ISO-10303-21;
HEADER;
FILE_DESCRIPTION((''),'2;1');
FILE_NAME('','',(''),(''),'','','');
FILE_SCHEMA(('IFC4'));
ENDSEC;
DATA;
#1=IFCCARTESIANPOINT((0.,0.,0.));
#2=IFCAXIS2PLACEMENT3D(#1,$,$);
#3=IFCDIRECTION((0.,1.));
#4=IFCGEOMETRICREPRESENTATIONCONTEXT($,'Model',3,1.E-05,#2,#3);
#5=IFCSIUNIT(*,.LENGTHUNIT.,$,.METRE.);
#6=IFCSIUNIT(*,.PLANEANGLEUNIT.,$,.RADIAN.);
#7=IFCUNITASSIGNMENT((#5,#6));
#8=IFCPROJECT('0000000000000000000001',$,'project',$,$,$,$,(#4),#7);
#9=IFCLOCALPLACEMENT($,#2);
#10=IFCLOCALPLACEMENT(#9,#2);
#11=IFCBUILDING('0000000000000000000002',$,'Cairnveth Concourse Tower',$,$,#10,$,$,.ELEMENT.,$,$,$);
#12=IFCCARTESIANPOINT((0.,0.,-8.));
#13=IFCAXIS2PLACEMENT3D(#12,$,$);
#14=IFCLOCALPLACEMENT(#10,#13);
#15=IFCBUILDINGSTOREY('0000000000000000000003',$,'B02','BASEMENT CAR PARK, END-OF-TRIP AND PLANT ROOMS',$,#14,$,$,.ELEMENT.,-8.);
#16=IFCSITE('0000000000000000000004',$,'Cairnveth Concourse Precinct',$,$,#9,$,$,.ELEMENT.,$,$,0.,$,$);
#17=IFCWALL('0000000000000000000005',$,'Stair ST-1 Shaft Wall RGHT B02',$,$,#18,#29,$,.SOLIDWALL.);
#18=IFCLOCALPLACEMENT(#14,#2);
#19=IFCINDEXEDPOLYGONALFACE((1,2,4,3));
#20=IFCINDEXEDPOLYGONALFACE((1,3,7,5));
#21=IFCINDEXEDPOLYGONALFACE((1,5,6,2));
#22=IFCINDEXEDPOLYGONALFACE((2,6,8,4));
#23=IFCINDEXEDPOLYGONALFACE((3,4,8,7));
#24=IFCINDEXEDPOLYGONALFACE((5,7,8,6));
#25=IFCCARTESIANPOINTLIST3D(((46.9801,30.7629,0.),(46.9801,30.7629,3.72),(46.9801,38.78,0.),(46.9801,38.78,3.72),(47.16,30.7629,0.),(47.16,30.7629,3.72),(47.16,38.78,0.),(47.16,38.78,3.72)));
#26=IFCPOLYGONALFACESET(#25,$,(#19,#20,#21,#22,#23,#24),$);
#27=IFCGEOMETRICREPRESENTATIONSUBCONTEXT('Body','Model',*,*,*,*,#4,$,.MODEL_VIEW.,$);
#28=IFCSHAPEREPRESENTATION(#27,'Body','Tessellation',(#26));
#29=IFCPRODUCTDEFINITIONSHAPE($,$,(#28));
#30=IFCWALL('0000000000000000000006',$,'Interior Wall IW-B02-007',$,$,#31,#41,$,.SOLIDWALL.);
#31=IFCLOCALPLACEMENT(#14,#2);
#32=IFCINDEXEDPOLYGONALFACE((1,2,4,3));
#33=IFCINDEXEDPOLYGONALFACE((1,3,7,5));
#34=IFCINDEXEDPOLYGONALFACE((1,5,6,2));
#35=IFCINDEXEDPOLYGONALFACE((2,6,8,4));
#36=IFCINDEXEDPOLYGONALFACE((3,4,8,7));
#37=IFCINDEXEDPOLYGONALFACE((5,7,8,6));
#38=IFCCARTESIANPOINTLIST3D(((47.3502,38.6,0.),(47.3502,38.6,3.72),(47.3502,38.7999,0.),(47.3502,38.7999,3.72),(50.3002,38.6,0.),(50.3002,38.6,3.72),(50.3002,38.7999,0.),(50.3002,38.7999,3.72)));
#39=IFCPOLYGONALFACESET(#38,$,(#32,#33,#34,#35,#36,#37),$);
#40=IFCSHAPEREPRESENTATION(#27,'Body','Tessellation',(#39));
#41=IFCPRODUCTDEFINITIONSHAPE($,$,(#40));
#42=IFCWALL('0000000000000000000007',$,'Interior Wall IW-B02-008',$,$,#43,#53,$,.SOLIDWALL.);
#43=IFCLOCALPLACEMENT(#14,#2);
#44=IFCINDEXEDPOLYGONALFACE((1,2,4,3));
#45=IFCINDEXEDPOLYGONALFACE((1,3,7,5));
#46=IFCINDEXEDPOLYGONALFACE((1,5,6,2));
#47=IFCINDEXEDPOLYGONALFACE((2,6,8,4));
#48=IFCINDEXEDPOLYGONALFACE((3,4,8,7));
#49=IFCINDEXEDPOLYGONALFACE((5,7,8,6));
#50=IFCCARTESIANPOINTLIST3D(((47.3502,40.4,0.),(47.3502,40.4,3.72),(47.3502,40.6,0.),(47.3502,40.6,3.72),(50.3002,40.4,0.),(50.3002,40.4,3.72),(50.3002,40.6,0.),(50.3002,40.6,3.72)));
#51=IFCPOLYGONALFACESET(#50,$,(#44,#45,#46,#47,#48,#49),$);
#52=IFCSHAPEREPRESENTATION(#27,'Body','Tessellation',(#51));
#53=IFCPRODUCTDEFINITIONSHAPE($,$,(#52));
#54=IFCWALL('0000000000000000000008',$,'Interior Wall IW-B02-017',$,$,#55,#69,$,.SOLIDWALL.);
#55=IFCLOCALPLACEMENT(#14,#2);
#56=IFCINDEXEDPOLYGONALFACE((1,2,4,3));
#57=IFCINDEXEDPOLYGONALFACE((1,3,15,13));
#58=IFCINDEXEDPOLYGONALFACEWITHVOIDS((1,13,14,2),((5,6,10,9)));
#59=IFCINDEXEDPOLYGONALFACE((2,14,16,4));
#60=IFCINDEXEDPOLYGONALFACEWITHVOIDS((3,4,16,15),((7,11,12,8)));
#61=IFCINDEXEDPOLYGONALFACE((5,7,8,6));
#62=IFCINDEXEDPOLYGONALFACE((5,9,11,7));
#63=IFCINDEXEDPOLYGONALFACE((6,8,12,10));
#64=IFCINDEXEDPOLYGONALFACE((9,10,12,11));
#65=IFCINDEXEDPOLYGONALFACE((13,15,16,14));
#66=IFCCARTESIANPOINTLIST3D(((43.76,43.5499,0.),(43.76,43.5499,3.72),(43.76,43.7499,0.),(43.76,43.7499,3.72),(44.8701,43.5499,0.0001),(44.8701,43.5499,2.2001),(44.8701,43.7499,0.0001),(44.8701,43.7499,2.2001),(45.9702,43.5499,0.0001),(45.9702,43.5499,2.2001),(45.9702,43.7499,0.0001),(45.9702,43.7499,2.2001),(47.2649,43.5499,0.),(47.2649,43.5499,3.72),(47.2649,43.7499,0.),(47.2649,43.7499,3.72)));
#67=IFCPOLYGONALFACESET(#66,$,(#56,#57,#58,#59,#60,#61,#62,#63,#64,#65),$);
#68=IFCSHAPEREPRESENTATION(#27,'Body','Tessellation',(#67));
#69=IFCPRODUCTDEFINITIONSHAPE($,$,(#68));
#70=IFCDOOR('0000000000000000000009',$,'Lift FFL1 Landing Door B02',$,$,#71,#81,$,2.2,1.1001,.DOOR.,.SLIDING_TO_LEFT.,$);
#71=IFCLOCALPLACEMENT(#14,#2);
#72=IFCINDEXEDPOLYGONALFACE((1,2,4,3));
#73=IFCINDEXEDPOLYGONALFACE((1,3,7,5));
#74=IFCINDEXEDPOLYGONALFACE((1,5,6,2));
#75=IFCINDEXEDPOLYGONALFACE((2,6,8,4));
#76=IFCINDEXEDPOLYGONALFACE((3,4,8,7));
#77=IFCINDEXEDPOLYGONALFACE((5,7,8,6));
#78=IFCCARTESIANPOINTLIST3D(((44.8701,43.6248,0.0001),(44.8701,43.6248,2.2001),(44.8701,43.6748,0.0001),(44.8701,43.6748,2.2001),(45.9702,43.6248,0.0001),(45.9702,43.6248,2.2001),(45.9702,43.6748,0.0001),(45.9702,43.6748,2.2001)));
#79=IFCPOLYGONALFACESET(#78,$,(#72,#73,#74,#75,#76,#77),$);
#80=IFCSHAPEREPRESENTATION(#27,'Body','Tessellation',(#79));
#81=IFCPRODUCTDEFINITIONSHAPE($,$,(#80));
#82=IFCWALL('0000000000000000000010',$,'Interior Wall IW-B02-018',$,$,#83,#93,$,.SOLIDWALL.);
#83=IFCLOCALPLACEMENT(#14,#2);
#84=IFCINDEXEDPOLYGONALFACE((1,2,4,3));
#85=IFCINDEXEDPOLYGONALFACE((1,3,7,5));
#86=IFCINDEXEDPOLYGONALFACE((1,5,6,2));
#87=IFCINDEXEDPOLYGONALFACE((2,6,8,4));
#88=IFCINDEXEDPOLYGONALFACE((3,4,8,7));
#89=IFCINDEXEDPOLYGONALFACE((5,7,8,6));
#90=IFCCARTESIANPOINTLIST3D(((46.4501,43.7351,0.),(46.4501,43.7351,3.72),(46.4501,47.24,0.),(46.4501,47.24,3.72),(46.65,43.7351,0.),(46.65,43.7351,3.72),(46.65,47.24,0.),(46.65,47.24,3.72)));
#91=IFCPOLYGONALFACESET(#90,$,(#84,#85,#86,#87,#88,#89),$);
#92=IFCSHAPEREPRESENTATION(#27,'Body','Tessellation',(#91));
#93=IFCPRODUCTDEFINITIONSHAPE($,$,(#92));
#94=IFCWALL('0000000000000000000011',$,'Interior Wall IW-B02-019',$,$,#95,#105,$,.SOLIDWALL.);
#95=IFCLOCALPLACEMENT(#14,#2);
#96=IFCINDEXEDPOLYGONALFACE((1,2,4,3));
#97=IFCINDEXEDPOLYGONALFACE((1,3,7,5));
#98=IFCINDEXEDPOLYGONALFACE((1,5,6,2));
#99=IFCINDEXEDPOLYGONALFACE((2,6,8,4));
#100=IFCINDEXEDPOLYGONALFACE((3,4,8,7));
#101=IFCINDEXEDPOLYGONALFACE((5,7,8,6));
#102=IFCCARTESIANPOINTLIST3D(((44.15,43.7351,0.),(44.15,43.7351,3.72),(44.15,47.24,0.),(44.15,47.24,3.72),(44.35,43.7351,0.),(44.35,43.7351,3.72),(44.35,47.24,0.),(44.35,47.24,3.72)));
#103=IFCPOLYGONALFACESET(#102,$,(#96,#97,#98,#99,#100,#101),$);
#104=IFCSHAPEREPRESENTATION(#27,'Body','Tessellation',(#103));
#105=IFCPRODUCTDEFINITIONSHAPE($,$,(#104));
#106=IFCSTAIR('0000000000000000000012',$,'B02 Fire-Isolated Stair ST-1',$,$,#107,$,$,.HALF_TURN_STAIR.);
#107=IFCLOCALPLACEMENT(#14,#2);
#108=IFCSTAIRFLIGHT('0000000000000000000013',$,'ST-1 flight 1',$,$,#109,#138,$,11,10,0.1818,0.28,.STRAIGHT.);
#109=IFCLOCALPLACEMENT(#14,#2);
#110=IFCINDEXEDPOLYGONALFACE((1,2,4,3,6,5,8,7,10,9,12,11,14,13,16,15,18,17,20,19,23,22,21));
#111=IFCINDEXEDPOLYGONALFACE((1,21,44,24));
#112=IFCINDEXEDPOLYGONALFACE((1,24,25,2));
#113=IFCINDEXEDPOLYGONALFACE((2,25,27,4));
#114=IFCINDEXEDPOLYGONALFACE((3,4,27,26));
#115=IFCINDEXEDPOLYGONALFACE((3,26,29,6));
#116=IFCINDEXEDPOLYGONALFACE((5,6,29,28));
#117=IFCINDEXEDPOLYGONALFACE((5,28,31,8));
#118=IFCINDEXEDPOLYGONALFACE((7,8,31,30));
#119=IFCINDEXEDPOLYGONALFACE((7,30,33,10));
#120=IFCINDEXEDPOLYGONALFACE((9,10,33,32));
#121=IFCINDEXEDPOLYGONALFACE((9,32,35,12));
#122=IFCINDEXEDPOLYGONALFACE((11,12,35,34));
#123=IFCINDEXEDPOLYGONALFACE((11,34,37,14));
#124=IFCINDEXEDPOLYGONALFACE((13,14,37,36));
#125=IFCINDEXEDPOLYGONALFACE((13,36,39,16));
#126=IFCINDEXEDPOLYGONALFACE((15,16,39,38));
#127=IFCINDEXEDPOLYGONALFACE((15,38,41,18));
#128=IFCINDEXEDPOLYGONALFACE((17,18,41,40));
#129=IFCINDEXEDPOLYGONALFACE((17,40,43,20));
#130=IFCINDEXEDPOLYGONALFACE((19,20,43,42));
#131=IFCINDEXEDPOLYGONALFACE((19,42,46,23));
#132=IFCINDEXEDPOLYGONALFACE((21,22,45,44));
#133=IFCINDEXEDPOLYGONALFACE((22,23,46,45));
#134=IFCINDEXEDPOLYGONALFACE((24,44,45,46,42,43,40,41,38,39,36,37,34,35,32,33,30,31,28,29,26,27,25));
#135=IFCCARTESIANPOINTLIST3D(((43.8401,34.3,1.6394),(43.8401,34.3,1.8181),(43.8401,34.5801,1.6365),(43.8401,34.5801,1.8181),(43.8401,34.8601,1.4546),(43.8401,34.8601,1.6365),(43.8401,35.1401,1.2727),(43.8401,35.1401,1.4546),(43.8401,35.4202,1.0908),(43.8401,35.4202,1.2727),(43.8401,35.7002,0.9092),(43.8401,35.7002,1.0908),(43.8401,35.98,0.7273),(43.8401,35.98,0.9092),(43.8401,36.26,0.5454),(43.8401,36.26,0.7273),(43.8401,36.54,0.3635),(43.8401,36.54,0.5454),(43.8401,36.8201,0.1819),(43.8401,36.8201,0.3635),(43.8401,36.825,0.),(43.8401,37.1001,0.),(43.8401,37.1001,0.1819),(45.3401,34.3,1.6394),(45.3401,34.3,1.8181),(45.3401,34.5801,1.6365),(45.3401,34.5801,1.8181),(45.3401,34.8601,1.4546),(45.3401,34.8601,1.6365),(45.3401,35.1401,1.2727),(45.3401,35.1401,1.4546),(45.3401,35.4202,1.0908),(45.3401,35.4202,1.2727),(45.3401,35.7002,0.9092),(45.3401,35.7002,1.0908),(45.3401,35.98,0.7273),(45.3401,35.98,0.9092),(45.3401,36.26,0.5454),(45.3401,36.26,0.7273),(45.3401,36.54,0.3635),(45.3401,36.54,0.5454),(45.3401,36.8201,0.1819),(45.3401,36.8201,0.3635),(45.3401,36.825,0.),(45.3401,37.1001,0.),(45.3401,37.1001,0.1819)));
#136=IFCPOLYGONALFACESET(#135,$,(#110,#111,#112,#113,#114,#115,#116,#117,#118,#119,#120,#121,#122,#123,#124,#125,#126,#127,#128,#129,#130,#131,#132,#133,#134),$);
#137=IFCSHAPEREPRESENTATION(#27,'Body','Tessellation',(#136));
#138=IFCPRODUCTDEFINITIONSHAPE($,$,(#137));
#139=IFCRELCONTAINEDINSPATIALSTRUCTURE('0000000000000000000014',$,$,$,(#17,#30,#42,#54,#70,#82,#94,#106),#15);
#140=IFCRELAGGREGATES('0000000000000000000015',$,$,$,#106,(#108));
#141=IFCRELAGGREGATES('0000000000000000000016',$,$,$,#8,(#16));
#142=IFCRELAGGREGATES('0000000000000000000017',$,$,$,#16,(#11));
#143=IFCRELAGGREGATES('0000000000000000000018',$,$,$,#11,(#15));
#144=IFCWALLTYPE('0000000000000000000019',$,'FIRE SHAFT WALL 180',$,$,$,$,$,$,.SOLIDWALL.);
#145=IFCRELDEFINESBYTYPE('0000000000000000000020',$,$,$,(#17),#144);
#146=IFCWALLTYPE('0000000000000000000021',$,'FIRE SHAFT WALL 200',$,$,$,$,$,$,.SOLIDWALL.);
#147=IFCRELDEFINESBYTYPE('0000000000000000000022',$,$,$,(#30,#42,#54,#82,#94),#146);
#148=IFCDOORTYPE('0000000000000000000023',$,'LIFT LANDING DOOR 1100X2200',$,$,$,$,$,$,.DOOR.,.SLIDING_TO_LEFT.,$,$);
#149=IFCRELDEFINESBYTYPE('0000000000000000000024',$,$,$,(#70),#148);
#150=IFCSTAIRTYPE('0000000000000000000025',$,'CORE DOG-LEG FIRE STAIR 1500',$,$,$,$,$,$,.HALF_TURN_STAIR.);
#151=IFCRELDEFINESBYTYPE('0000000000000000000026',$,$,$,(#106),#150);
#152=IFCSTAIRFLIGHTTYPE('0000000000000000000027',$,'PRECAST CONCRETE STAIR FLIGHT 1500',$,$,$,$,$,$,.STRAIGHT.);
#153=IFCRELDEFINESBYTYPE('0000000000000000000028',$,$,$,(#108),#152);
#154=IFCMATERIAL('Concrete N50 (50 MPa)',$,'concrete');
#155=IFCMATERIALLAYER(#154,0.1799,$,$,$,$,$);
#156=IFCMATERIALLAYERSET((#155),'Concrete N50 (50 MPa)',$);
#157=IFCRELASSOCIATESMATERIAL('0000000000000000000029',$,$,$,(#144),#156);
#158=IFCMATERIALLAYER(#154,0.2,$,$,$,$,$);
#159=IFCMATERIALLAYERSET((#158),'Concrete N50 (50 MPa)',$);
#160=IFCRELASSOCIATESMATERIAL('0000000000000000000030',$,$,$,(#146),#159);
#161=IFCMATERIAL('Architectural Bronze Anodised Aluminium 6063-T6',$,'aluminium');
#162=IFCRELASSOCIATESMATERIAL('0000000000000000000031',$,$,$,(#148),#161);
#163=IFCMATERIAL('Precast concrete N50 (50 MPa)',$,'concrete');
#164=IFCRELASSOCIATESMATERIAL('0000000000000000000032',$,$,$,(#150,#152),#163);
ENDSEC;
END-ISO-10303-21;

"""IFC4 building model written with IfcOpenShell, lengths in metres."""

from ifc_helpers import new_model, si_unit, direction, frame, frame_2d, origin, place, context, subcontext, project, spatial, polyline, rectangle, outline, extrude, material, layer, layer_set, type_object, element, fill, aggregate, save


model = new_model("IFC4")

# Units and contexts
model_context = context("Model", 3, precision=1e-05, world=origin(), true_north=direction((0.0, 1.0)))
body_context = subcontext(model_context, "Body", "Model", "MODEL_VIEW")
ifc_project = project(units=[si_unit("LENGTHUNIT", "METRE"), si_unit("PLANEANGLEUNIT", "RADIAN")], contexts=[model_context])

# Site, building, storey
site_placement = place(None, origin())
site = spatial("IfcSite", under=ifc_project, at=site_placement, Name="Cairnveth Concourse Precinct", CompositionType="ELEMENT", RefElevation=0.0)
building_placement = place(site_placement, origin())
building = spatial("IfcBuilding", under=site, at=building_placement, Name="Cairnveth Concourse Tower", CompositionType="ELEMENT")
storey_placement = place(building_placement, frame((0.0, 0.0, -8.0)))
storey = spatial("IfcBuildingStorey", under=building, at=storey_placement, Name="B02", Description="BASEMENT CAR PARK, END-OF-TRIP AND PLANT ROOMS", CompositionType="ELEMENT", Elevation=-8.0)

# Shared definitions
ifc_material_1 = material(Name="Concrete N50 (50 MPa)", Category="concrete")
ifc_layer_1 = layer(ifc_material_1, 0.1799)
ifc_layer_set_1 = layer_set([ifc_layer_1], Name="Concrete N50 (50 MPa)")
wall_type_1 = type_object("IfcWallType", Name="FIRE SHAFT WALL 180", PredefinedType="SOLIDWALL", material=ifc_layer_set_1)

# Walls
wall_1_placement = place(storey_placement, frame((47.0701, 38.78, 0.0), z_axis=(0.0, 0.0, 1.0), x_axis=(0.0, -1.0, 0.0)))
element("IfcWall", 1, at=wall_1_placement, inside=storey, type_object=wall_type_1, Name="Stair ST-1 Shaft Wall RGHT B02", PredefinedType="SOLIDWALL", context=body_context, shape_type="SweptSolid", body=[
    extrude(rectangle(XDim=8.0171, YDim=0.1799, at=frame_2d((4.0085, 0.0))), origin(), (0.0, 0.0, 1.0), 3.72),
])
ifc_layer_2 = layer(ifc_material_1, 0.2)
ifc_layer_set_2 = layer_set([ifc_layer_2], Name="Concrete N50 (50 MPa)")
wall_type_2 = type_object("IfcWallType", Name="FIRE SHAFT WALL 200", PredefinedType="SOLIDWALL", material=ifc_layer_set_2)
for number, where, z_axis, x_axis, name in (
    (2, (47.3501, 38.7, 0.0), (0.0, 0.0, 1.0), (1.0, 0.0, 0.0), "Interior Wall IW-B02-007"),
    (3, (47.3501, 40.5, 0.0), (0.0, 0.0, 1.0), (1.0, 0.0, 0.0), "Interior Wall IW-B02-008"),
):
    element("IfcWall", number, at=place(storey_placement, frame(where, z_axis=z_axis, x_axis=x_axis)), inside=storey, type_object=wall_type_2, Name=name, PredefinedType="SOLIDWALL", context=body_context, shape_type="SweptSolid", body=[
        extrude(rectangle(XDim=2.95, YDim=0.2, at=frame_2d((1.4751, 0.0))), origin(), (0.0, 0.0, 1.0), 3.72),
    ])

# Wall, opening, door
wall_2_placement = place(storey_placement, frame((43.76, 43.6499, 0.0), z_axis=(0.0, 0.0, 1.0), x_axis=(1.0, 0.0, 0.0)))
wall_2 = element("IfcWall", 4, at=wall_2_placement, inside=storey, type_object=wall_type_2, Name="Interior Wall IW-B02-017", PredefinedType="SOLIDWALL", context=body_context, shape_type="SweptSolid", body=[
    extrude(rectangle(XDim=3.5049, YDim=0.2, at=frame_2d((1.7524, 0.0))), origin(), (0.0, 0.0, 1.0), 3.72),
])
opening_1_placement = place(wall_2_placement, frame((1.1101, 0.0, 0.0)))
opening_1 = element("IfcOpeningElement", 5, at=opening_1_placement, cuts=wall_2, PredefinedType="OPENING", context=body_context, shape_type="SweptSolid", body=[
    extrude(rectangle(XDim=1.1001, YDim=2.2, at=frame_2d((0.55, 1.1001))), frame((0.0, 0.1099, 0.0), z_axis=(0.0, -1.0, 0.0), x_axis=(1.0, 0.0, 0.0)), (0.0, 0.0, 1.0), 0.22),
])
ifc_material_2 = material(Name="Architectural Bronze Anodised Aluminium 6063-T6", Category="aluminium")
door_type_1 = type_object("IfcDoorType", Name="LIFT LANDING DOOR 1100X2200", OperationType="SLIDING_TO_LEFT", PredefinedType="DOOR", material=ifc_material_2)
door_1_placement = place(opening_1_placement, origin())
door_1 = element("IfcDoor", 6, at=door_1_placement, inside=storey, type_object=door_type_1, Name="Lift FFL1 Landing Door B02", OperationType="SLIDING_TO_LEFT", OverallHeight=2.2, OverallWidth=1.1001, PredefinedType="DOOR", context=body_context, shape_type="SweptSolid", body=[
    extrude(rectangle(XDim=1.1001, YDim=2.2, at=frame_2d((0.55, 1.1001))), frame((0.0, 0.0249, 0.0), z_axis=(0.0, -1.0, 0.0), x_axis=(1.0, 0.0, 0.0)), (0.0, 0.0, 1.0), 0.05),
])
fill(opening_1, door_1)

# Walls
for number, where, z_axis, x_axis, name in (
    (7, (46.55, 43.7351, 0.0), (0.0, 0.0, 1.0), (0.0, 1.0, 0.0), "Interior Wall IW-B02-018"),
    (8, (44.25, 43.7351, 0.0), (0.0, 0.0, 1.0), (0.0, 1.0, 0.0), "Interior Wall IW-B02-019"),
):
    element("IfcWall", number, at=place(storey_placement, frame(where, z_axis=z_axis, x_axis=x_axis)), inside=storey, type_object=wall_type_2, Name=name, PredefinedType="SOLIDWALL", context=body_context, shape_type="SweptSolid", body=[
        extrude(rectangle(XDim=3.5049, YDim=0.2, at=frame_2d((1.7524, 0.0))), origin(), (0.0, 0.0, 1.0), 3.72),
    ])

# Stair, stair flight
ifc_material_3 = material(Name="Precast concrete N50 (50 MPa)", Category="concrete")
stair_type = type_object("IfcStairType", Name="CORE DOG-LEG FIRE STAIR 1500", PredefinedType="HALF_TURN_STAIR", material=ifc_material_3)
stair_placement = place(storey_placement, origin())
stair = element("IfcStair", 9, at=stair_placement, inside=storey, type_object=stair_type, Name="B02 Fire-Isolated Stair ST-1", PredefinedType="HALF_TURN_STAIR")
stair_flight_type = type_object("IfcStairFlightType", Name="PRECAST CONCRETE STAIR FLIGHT 1500", PredefinedType="STRAIGHT", material=ifc_material_3)
stair_flight_placement = place(storey_placement, frame((44.5901, 37.1001, 0.0), z_axis=(0.0, 0.0, 1.0), x_axis=(0.0, -1.0, 0.0)))
stair_flight = element("IfcStairFlight", 10, at=stair_flight_placement, type_object=stair_flight_type, Name="ST-1 flight 1", NumberOfRisers=11, NumberOfTreads=10, PredefinedType="STRAIGHT", RiserHeight=0.1818, TreadLength=0.28, context=body_context, shape_type="SweptSolid", body=[
    extrude(outline(polyline([(0.0, 0.0), (0.0, 0.1819), (0.28, 0.1819), (0.28, 0.3635), (0.5601, 0.3635), (0.5601, 0.5454), (0.8401, 0.5454), (0.8401, 0.7273), (1.1201, 0.7273), (1.1201, 0.9092), (1.3999, 0.9092), (1.3999, 1.0908), (1.6799, 1.0908), (1.6799, 1.2727), (1.96, 1.2727), (1.96, 1.4546), (2.24, 1.4546), (2.24, 1.6365), (2.52, 1.6365), (2.52, 1.8181), (2.8, 1.8181), (2.8, 2.0), (2.8, 1.6394), (0.2751, 0.0), (0.0, 0.0)])), frame((0.0, 0.75, 0.0), z_axis=(0.0, -1.0, 0.0), x_axis=(1.0, 0.0, 0.0)), (0.0, 0.0, 1.0), 1.5),
])
aggregate(stair, [stair_flight])

save(model, "model.ifc")
